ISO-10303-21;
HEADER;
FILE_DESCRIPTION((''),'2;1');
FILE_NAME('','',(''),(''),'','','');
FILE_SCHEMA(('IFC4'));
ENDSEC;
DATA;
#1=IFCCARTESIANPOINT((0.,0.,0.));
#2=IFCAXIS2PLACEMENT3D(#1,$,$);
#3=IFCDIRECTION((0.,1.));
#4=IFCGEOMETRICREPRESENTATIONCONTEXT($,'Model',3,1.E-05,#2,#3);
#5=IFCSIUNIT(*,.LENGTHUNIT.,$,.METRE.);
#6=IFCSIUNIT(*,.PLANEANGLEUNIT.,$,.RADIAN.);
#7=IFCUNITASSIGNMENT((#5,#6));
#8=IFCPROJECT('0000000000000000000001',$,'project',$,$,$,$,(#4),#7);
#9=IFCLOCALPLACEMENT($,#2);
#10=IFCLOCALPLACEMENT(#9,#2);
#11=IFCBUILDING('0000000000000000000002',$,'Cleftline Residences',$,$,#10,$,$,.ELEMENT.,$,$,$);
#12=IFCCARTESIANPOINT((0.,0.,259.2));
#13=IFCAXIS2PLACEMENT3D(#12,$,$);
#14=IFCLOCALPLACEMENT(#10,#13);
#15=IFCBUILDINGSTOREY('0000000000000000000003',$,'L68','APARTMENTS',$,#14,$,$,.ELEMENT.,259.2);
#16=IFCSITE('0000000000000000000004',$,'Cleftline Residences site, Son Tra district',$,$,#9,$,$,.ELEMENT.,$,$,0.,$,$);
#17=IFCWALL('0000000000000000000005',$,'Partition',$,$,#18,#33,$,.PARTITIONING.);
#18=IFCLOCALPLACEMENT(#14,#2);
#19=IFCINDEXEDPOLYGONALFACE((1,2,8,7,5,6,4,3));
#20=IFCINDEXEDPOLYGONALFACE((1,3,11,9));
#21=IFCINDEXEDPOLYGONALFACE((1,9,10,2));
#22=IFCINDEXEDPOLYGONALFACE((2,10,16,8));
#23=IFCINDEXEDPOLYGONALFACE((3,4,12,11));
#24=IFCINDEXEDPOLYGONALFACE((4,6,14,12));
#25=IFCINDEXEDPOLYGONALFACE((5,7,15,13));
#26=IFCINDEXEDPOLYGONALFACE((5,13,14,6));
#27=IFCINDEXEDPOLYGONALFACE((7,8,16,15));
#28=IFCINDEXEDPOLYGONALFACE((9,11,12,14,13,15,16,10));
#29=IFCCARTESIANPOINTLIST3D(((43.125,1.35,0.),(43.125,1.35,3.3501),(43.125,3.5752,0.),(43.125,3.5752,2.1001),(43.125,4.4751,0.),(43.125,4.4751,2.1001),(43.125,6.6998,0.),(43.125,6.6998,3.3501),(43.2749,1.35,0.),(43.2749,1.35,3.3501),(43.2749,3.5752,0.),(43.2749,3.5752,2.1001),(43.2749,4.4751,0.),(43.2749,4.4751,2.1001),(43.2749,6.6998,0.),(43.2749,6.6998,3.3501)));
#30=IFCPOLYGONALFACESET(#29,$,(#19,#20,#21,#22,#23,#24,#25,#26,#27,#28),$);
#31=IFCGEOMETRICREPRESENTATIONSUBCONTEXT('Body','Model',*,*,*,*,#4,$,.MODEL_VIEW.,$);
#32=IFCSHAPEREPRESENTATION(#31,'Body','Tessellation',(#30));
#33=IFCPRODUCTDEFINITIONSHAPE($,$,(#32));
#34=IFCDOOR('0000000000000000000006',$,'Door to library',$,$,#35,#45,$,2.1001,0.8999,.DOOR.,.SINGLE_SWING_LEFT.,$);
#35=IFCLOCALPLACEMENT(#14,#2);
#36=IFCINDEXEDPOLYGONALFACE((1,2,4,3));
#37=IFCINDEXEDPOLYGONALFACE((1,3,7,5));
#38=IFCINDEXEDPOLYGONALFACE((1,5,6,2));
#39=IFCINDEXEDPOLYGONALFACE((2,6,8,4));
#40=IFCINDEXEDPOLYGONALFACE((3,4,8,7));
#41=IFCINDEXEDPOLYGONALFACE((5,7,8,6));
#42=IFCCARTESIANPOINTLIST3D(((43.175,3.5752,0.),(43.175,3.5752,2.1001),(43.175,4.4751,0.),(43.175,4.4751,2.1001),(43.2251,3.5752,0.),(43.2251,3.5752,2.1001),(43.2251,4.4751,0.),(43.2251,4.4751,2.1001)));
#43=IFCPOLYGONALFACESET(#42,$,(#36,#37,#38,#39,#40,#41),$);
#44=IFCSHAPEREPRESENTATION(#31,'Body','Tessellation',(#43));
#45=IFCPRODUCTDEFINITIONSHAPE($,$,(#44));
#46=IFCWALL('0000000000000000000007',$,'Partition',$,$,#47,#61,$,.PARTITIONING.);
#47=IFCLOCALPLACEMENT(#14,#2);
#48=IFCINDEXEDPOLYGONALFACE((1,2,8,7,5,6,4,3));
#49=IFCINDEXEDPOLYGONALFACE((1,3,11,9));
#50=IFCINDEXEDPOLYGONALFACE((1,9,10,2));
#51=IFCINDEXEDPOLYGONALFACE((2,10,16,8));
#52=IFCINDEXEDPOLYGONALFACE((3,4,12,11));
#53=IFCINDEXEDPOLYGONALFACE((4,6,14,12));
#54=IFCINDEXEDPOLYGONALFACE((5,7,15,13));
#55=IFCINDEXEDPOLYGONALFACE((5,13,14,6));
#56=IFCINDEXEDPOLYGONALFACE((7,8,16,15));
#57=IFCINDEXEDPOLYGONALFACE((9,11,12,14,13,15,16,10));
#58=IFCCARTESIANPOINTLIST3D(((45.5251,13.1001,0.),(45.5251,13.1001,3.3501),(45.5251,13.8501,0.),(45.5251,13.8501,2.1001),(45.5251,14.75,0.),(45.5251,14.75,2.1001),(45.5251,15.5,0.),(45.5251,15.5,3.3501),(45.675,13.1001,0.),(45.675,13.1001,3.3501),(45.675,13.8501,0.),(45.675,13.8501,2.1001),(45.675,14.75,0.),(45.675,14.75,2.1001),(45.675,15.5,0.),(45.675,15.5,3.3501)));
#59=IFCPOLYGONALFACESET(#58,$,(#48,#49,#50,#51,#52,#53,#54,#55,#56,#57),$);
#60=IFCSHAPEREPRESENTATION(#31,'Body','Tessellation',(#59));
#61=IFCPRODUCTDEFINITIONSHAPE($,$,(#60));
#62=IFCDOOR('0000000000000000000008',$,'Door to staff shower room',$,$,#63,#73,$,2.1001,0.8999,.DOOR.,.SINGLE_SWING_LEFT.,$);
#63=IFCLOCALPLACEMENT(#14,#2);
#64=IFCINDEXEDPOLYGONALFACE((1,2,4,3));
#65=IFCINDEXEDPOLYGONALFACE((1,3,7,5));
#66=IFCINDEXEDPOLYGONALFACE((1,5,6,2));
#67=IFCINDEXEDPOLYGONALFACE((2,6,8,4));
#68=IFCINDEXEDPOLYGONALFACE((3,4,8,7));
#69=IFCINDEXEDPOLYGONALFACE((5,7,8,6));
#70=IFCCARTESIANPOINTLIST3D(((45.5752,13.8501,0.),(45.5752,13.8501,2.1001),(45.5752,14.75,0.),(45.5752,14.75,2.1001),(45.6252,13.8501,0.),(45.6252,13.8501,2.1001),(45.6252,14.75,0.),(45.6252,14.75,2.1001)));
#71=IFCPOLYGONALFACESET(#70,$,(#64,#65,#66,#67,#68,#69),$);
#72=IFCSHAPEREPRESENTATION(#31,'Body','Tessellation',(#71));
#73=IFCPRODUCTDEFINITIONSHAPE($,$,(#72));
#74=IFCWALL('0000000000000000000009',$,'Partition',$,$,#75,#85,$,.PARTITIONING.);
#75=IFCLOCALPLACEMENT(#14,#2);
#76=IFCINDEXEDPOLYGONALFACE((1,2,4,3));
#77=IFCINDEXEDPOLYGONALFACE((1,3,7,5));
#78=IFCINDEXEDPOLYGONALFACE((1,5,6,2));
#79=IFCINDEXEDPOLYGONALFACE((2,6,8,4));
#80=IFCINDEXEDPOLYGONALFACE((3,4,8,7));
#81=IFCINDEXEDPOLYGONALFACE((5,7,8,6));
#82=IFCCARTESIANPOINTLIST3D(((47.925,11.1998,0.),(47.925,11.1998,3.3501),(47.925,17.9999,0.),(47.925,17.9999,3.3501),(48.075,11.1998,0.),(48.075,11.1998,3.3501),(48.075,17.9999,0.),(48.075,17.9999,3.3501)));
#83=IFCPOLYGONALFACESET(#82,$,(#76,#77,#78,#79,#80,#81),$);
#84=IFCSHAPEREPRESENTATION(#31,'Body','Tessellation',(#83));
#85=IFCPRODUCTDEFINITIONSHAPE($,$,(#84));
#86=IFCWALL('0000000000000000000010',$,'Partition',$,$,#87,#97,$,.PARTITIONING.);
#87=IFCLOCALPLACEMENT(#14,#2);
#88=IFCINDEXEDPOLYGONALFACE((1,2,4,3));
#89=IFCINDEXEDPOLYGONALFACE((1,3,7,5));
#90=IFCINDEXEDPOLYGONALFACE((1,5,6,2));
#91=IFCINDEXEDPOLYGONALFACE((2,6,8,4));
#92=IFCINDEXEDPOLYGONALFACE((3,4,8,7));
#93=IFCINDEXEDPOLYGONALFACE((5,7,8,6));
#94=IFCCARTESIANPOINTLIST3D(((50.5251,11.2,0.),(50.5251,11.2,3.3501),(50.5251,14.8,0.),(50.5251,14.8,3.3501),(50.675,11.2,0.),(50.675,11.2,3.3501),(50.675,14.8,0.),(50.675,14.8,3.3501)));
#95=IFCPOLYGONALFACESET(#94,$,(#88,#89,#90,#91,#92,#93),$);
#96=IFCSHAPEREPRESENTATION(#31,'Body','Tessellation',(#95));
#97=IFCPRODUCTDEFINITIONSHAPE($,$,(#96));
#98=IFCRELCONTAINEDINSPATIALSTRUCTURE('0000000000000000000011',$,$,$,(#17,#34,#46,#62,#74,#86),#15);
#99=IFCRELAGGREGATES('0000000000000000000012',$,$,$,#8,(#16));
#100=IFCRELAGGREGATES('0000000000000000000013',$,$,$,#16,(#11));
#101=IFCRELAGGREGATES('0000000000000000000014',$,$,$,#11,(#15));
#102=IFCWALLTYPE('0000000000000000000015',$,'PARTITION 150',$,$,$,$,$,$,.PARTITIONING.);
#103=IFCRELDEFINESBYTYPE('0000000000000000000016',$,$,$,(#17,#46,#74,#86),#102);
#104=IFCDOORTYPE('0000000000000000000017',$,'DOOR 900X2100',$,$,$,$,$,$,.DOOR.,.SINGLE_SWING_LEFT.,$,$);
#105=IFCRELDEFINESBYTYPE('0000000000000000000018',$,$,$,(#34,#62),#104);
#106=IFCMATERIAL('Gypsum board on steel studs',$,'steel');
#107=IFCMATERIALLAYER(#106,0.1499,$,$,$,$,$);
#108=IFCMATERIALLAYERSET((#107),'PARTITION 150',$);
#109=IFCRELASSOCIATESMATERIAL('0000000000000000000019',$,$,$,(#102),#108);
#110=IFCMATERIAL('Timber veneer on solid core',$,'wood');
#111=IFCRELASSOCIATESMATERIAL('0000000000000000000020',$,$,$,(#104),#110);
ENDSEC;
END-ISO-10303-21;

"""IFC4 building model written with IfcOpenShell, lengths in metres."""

from ifc_helpers import new_model, si_unit, direction, frame, frame_2d, origin, place, context, subcontext, project, spatial, rectangle, extrude, material, layer, layer_set, type_object, element, fill, save


model = new_model("IFC4")

# Units and contexts
model_context = context("Model", 3, precision=1e-05, world=origin(), true_north=direction((0.0, 1.0)))
body_context = subcontext(model_context, "Body", "Model", "MODEL_VIEW")
ifc_project = project(units=[si_unit("LENGTHUNIT", "METRE"), si_unit("PLANEANGLEUNIT", "RADIAN")], contexts=[model_context])

# Site, building, storey
site_placement = place(None, origin())
site = spatial("IfcSite", under=ifc_project, at=site_placement, Name="Cleftline Residences site, Son Tra district", CompositionType="ELEMENT", RefElevation=0.0)
building_placement = place(site_placement, origin())
building = spatial("IfcBuilding", under=site, at=building_placement, Name="Cleftline Residences", CompositionType="ELEMENT")
storey_placement = place(building_placement, frame((0.0, 0.0, 259.2)))
storey = spatial("IfcBuildingStorey", under=building, at=storey_placement, Name="L68", Description="APARTMENTS", CompositionType="ELEMENT", Elevation=259.2)

# Shared definitions
ifc_material_1 = material(Name="Gypsum board on steel studs", Category="steel")
ifc_layer_1 = layer(ifc_material_1, 0.1499)
ifc_layer_set_1 = layer_set([ifc_layer_1], Name="PARTITION 150")
wall_type_1 = type_object("IfcWallType", Name="PARTITION 150", PredefinedType="PARTITIONING", material=ifc_layer_set_1)

# Walls, openings, doors
wall_1_placement = place(storey_placement, frame((43.2, 1.3501, 0.0), z_axis=(0.0, 0.0, 1.0), x_axis=(0.0, 1.0, 0.0)))
wall_1 = element("IfcWall", 1, at=wall_1_placement, inside=storey, type_object=wall_type_1, Name="Partition", PredefinedType="PARTITIONING", context=body_context, shape_type="SweptSolid", body=[
    extrude(rectangle(XDim=5.3499, YDim=0.1499, at=frame_2d((2.6748, 0.0))), origin(), (0.0, 0.0, 1.0), 3.3501),
])
opening_1_placement = place(wall_1_placement, frame((2.2251, 0.0, 0.0)))
opening_1 = element("IfcOpeningElement", 2, at=opening_1_placement, cuts=wall_1, PredefinedType="OPENING", context=body_context, shape_type="SweptSolid", body=[
    extrude(rectangle(XDim=0.8999, YDim=2.1001, at=frame_2d((0.45, 1.05))), frame((0.0, 0.085, 0.0), z_axis=(0.0, -1.0, 0.0), x_axis=(1.0, 0.0, 0.0)), (0.0, 0.0, 1.0), 0.1699),
])
ifc_material_2 = material(Name="Timber veneer on solid core", Category="wood")
door_type_1 = type_object("IfcDoorType", Name="DOOR 900X2100", OperationType="SINGLE_SWING_LEFT", PredefinedType="DOOR", material=ifc_material_2)
door_1_placement = place(opening_1_placement, origin())
door_1 = element("IfcDoor", 3, at=door_1_placement, inside=storey, type_object=door_type_1, Name="Door to library", OperationType="SINGLE_SWING_LEFT", OverallHeight=2.1001, OverallWidth=0.8999, PredefinedType="DOOR", context=body_context, shape_type="SweptSolid", body=[
    extrude(rectangle(XDim=0.8999, YDim=2.1001, at=frame_2d((0.45, 1.05))), frame((0.0, 0.0249, 0.0), z_axis=(0.0, -1.0, 0.0), x_axis=(1.0, 0.0, 0.0)), (0.0, 0.0, 1.0), 0.05),
])
fill(opening_1, door_1)
wall_2_placement = place(storey_placement, frame((45.6001, 13.1001, 0.0), z_axis=(0.0, 0.0, 1.0), x_axis=(0.0, 1.0, 0.0)))
wall_2 = element("IfcWall", 4, at=wall_2_placement, inside=storey, type_object=wall_type_1, Name="Partition", PredefinedType="PARTITIONING", context=body_context, shape_type="SweptSolid", body=[
    extrude(rectangle(XDim=2.3999, YDim=0.1499, at=frame_2d((1.2, 0.0))), origin(), (0.0, 0.0, 1.0), 3.3501),
])
opening_2_placement = place(wall_2_placement, frame((0.75, 0.0, 0.0)))
opening_2 = element("IfcOpeningElement", 5, at=opening_2_placement, cuts=wall_2, PredefinedType="OPENING", context=body_context, shape_type="SweptSolid", body=[
    extrude(rectangle(XDim=0.8999, YDim=2.1001, at=frame_2d((0.45, 1.05))), frame((0.0, 0.085, 0.0), z_axis=(0.0, -1.0, 0.0), x_axis=(1.0, 0.0, 0.0)), (0.0, 0.0, 1.0), 0.1699),
])
door_2_placement = place(opening_2_placement, origin())
door_2 = element("IfcDoor", 6, at=door_2_placement, inside=storey, type_object=door_type_1, Name="Door to staff shower room", OperationType="SINGLE_SWING_LEFT", OverallHeight=2.1001, OverallWidth=0.8999, PredefinedType="DOOR", context=body_context, shape_type="SweptSolid", body=[
    extrude(rectangle(XDim=0.8999, YDim=2.1001, at=frame_2d((0.45, 1.05))), frame((0.0, 0.0249, 0.0), z_axis=(0.0, -1.0, 0.0), x_axis=(1.0, 0.0, 0.0)), (0.0, 0.0, 1.0), 0.05),
])
fill(opening_2, door_2)

# Walls
wall_3_placement = place(storey_placement, frame((48.0, 11.2, 0.0), z_axis=(0.0, 0.0, 1.0), x_axis=(0.0, 1.0, 0.0)))
element("IfcWall", 7, at=wall_3_placement, inside=storey, type_object=wall_type_1, Name="Partition", PredefinedType="PARTITIONING", context=body_context, shape_type="SweptSolid", body=[
    extrude(rectangle(XDim=6.8, YDim=0.1499, at=frame_2d((3.3999, 0.0))), origin(), (0.0, 0.0, 1.0), 3.3501),
])
wall_4_placement = place(storey_placement, frame((50.6001, 11.2, 0.0), z_axis=(0.0, 0.0, 1.0), x_axis=(0.0, 1.0, 0.0)))
element("IfcWall", 8, at=wall_4_placement, inside=storey, type_object=wall_type_1, Name="Partition", PredefinedType="PARTITIONING", context=body_context, shape_type="SweptSolid", body=[
    extrude(rectangle(XDim=3.6001, YDim=0.1499, at=frame_2d((1.8, 0.0))), origin(), (0.0, 0.0, 1.0), 3.3501),
])

save(model, "model.ifc")
